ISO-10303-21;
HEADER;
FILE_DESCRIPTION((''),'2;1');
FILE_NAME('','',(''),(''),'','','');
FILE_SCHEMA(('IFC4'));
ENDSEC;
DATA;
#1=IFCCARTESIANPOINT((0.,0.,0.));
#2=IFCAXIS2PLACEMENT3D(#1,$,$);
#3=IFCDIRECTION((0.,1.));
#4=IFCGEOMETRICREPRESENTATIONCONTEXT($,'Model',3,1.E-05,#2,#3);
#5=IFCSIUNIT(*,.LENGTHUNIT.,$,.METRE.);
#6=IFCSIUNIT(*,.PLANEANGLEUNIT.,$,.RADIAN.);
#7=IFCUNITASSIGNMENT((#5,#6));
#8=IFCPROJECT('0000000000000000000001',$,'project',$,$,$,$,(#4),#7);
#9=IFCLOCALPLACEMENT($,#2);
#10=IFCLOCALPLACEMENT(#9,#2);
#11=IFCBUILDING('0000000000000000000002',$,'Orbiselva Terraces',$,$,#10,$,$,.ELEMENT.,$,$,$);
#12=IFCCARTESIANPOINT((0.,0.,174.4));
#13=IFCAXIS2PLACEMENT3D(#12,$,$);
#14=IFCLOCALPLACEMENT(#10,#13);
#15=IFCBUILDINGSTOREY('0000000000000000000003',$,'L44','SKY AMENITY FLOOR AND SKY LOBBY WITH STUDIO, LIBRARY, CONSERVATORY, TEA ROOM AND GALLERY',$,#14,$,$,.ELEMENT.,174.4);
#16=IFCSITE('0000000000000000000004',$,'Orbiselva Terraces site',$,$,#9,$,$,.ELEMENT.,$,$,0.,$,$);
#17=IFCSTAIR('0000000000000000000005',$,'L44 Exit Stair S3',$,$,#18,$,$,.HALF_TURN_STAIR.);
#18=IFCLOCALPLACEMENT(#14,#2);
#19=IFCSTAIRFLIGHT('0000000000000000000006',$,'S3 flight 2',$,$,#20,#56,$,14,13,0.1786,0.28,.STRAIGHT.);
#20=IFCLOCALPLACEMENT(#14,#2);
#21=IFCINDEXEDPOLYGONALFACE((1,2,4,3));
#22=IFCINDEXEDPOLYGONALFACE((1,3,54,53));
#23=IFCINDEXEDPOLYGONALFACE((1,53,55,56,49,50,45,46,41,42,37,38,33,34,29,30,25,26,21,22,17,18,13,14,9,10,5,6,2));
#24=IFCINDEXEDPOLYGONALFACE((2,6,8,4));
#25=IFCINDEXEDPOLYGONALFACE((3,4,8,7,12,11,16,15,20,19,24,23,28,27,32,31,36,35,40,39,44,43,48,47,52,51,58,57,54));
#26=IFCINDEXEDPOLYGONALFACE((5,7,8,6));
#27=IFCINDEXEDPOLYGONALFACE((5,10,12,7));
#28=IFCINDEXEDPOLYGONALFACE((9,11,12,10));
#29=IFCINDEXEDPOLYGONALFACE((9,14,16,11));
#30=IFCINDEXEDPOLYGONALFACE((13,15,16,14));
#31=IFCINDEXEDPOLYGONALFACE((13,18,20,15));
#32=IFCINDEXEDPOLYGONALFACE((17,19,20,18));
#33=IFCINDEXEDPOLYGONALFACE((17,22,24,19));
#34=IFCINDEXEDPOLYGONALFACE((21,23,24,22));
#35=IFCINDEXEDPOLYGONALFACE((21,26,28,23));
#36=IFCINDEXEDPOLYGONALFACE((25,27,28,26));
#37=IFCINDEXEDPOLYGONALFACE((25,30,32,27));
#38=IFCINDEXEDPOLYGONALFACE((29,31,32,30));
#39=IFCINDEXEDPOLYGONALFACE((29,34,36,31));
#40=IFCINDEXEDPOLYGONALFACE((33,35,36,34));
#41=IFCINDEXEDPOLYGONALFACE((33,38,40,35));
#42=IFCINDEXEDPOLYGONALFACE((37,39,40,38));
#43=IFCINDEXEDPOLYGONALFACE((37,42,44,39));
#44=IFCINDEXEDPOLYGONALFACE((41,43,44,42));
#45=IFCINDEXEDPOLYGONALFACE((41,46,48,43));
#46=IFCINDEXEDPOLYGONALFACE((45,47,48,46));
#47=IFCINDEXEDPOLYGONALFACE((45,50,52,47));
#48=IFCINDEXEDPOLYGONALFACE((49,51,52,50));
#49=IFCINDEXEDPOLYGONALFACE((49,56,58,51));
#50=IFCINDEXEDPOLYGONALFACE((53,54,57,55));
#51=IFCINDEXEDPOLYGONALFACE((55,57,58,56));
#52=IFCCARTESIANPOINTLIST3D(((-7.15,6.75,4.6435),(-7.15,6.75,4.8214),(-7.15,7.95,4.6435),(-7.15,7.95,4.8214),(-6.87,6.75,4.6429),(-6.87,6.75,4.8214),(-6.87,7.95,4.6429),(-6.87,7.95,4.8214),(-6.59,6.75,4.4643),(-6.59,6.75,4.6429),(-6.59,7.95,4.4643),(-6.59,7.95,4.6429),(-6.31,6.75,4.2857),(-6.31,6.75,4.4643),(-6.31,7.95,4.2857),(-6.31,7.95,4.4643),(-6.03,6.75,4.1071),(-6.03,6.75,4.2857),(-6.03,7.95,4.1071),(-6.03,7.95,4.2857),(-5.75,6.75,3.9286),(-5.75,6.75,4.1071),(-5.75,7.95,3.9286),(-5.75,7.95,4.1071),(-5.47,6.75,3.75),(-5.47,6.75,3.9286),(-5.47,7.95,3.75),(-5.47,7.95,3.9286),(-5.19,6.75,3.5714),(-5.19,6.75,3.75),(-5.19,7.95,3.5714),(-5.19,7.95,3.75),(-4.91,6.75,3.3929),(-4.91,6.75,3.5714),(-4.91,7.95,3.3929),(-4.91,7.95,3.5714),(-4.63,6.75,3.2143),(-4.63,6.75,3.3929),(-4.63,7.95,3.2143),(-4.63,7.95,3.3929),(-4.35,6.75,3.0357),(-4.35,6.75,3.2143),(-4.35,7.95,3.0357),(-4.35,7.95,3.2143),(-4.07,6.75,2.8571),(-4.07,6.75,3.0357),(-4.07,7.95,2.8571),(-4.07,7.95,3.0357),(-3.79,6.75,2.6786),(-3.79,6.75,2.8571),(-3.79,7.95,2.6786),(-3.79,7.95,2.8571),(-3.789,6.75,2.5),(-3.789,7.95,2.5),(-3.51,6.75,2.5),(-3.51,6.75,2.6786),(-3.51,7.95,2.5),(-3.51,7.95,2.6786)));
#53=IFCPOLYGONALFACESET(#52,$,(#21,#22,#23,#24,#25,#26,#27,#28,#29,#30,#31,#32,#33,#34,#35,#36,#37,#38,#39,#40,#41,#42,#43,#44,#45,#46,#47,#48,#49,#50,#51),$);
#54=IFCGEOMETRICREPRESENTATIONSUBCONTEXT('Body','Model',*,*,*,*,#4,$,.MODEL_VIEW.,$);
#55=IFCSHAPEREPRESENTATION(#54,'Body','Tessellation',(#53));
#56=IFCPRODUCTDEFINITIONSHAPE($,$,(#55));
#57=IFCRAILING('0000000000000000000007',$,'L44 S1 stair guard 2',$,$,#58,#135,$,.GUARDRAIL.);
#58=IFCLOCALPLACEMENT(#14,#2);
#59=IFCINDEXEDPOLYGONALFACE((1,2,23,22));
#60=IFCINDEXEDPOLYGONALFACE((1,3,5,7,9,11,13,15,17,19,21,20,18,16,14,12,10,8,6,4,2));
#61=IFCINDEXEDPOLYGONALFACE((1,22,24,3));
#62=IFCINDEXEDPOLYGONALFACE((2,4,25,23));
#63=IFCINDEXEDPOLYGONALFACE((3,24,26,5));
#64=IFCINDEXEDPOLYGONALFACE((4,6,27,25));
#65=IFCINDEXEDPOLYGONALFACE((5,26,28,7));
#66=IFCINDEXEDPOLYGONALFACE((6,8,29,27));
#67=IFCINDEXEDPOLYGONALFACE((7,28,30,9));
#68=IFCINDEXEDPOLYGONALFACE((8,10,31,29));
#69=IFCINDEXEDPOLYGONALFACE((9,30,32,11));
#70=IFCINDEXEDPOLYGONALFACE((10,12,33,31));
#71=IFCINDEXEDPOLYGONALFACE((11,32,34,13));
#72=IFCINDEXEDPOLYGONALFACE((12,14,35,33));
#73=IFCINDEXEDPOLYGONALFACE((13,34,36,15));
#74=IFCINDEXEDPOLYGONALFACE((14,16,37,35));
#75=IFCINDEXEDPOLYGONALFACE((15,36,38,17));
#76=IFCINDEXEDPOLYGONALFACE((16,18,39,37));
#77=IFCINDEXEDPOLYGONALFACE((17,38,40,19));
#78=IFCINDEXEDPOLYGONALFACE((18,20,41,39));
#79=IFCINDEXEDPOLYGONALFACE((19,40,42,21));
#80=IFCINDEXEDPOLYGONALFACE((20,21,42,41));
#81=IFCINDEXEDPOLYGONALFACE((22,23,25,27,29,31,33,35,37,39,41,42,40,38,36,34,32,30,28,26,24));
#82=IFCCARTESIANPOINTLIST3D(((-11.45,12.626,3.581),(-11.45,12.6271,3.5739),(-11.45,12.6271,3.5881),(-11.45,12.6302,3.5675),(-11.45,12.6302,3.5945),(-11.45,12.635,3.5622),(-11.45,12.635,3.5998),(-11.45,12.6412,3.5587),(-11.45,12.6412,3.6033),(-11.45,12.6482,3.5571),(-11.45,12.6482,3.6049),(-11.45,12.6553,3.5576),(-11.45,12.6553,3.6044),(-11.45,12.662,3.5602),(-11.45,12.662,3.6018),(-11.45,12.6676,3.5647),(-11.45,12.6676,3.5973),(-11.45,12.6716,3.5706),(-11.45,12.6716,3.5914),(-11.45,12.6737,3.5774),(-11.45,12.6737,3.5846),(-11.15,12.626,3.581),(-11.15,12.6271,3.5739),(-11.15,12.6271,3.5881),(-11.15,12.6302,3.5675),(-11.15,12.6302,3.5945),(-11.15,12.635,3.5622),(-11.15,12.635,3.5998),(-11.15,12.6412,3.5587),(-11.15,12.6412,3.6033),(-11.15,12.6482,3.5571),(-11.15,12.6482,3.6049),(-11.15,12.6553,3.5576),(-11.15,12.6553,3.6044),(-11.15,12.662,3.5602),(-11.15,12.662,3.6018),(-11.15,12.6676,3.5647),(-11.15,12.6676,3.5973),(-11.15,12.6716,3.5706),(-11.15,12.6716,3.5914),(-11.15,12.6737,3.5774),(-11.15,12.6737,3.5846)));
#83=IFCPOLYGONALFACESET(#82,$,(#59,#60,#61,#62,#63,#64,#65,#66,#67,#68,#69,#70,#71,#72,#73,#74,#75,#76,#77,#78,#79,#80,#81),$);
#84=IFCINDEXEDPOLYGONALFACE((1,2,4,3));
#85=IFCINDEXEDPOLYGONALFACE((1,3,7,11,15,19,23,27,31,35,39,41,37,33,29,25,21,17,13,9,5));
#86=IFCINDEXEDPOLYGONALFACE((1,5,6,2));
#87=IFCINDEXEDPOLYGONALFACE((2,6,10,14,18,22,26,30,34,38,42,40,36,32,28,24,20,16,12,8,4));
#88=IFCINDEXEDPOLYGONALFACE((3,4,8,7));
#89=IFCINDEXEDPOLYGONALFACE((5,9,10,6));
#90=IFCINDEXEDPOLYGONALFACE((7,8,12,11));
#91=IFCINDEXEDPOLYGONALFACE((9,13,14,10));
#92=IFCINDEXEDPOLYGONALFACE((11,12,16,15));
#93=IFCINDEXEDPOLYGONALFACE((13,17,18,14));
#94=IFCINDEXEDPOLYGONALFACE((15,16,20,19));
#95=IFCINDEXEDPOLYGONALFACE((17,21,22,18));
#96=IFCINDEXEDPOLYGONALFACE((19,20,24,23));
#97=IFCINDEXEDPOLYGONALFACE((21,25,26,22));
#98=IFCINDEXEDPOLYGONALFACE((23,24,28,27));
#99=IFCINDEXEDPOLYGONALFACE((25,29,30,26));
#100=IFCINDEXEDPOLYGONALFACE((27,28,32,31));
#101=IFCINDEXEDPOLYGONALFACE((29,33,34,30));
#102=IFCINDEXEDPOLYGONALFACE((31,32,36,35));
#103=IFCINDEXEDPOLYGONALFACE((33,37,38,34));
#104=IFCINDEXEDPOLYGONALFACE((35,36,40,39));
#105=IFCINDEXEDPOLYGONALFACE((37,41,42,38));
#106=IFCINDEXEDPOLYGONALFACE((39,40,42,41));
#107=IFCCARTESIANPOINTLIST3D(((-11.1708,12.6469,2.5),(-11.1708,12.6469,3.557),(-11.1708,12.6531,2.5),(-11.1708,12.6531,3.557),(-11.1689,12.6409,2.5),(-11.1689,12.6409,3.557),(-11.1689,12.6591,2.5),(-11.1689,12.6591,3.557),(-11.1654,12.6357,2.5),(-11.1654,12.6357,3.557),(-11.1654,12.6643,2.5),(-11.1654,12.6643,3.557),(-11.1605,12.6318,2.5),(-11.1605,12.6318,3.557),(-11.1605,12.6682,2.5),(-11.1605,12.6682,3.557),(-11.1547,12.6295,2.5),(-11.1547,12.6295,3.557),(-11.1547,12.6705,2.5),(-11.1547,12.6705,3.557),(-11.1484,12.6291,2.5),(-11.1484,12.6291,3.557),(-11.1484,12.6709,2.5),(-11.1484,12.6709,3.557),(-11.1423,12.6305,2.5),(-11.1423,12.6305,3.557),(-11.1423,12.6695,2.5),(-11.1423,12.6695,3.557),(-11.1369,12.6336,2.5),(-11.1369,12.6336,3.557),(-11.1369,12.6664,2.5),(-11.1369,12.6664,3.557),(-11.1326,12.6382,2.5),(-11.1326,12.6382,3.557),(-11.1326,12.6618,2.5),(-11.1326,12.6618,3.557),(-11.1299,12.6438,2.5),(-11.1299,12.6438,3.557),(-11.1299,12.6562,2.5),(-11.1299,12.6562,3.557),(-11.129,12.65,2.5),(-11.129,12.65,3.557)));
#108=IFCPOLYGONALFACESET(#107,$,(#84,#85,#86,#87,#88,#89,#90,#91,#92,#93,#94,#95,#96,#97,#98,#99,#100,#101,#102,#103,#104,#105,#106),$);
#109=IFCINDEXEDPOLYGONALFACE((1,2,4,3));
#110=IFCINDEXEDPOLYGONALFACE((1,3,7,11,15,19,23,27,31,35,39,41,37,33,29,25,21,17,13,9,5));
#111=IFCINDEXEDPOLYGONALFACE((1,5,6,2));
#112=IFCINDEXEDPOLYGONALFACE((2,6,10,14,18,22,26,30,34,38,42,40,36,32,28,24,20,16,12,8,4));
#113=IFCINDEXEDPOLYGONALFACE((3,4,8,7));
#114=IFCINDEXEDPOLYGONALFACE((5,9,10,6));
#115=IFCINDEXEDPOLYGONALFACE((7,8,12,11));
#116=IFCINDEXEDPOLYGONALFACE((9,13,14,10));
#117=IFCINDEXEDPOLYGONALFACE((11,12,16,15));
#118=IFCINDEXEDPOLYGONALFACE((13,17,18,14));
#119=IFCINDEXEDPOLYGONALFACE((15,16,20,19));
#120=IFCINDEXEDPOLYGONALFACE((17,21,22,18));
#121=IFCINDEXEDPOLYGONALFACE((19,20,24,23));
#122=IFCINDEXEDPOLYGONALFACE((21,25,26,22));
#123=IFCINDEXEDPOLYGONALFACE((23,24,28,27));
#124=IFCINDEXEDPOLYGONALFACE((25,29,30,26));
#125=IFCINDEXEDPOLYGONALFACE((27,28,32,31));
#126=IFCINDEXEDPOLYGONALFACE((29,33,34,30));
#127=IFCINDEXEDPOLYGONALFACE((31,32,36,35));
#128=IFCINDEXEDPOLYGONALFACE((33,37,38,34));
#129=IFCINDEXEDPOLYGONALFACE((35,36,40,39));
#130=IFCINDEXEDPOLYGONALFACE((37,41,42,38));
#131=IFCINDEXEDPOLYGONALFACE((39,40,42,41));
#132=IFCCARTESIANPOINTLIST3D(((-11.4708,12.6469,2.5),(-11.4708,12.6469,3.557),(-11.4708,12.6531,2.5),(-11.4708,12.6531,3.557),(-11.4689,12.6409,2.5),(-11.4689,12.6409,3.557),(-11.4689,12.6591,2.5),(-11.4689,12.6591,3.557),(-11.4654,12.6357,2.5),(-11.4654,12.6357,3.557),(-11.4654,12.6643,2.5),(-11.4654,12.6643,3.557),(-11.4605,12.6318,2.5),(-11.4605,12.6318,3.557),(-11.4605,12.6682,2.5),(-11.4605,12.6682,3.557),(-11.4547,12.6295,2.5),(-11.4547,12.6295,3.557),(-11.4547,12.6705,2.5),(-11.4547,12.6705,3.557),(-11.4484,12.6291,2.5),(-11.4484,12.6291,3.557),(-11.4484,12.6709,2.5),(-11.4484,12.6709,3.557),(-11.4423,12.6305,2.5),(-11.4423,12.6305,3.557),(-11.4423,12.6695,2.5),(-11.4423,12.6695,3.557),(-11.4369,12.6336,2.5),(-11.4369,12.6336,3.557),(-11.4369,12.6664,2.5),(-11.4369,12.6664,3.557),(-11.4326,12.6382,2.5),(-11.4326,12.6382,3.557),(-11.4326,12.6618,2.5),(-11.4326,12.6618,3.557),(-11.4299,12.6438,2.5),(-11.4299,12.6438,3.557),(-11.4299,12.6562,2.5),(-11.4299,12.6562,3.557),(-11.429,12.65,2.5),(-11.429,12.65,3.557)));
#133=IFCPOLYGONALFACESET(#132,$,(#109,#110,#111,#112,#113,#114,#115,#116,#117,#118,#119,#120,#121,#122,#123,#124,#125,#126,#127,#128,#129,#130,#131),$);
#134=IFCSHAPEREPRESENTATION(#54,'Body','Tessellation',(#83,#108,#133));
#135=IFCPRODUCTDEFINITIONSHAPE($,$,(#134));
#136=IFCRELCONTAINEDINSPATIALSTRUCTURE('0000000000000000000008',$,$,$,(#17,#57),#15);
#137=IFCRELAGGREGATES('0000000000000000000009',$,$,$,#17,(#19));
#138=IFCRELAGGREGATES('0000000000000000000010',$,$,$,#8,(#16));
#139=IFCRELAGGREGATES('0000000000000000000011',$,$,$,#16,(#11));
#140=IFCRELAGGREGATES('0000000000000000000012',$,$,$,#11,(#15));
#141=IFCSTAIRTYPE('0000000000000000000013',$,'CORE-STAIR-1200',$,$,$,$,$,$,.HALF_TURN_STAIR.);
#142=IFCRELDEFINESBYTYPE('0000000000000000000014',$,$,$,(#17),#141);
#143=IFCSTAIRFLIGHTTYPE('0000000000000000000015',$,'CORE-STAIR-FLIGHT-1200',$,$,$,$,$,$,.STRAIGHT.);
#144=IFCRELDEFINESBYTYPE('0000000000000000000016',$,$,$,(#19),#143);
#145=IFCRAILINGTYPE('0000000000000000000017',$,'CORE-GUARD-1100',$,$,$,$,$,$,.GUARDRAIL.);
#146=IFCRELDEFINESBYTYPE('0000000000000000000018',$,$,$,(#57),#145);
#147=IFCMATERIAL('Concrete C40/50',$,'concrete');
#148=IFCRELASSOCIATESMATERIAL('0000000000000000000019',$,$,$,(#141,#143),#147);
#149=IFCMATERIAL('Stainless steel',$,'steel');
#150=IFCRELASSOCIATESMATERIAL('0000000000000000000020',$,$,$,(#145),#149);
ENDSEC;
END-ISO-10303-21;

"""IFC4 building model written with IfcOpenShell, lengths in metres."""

from ifc_helpers import new_model, si_unit, direction, frame, origin, origin_2d, place, context, subcontext, project, spatial, polyline, circle, outline, extrude, material, type_object, element, aggregate, save


model = new_model("IFC4")

# Units and contexts
model_context = context("Model", 3, precision=1e-05, world=origin(), true_north=direction((0.0, 1.0)))
body_context = subcontext(model_context, "Body", "Model", "MODEL_VIEW")
ifc_project = project(units=[si_unit("LENGTHUNIT", "METRE"), si_unit("PLANEANGLEUNIT", "RADIAN")], contexts=[model_context])

# Site, building, storey
site_placement = place(None, origin())
site = spatial("IfcSite", under=ifc_project, at=site_placement, Name="Orbiselva Terraces site", CompositionType="ELEMENT", RefElevation=0.0)
building_placement = place(site_placement, origin())
building = spatial("IfcBuilding", under=site, at=building_placement, Name="Orbiselva Terraces", CompositionType="ELEMENT")
storey_placement = place(building_placement, frame((0.0, 0.0, 174.4)))
storey = spatial("IfcBuildingStorey", under=building, at=storey_placement, Name="L44", Description="SKY AMENITY FLOOR AND SKY LOBBY WITH STUDIO, LIBRARY, CONSERVATORY, TEA ROOM AND GALLERY", CompositionType="ELEMENT", Elevation=174.4)

# Stair, stair flight
ifc_material_1 = material(Name="Concrete C40/50", Category="concrete")
stair_type = type_object("IfcStairType", Name="CORE-STAIR-1200", PredefinedType="HALF_TURN_STAIR", material=ifc_material_1)
stair_placement = place(storey_placement, origin())
stair = element("IfcStair", 1, at=stair_placement, inside=storey, type_object=stair_type, Name="L44 Exit Stair S3", PredefinedType="HALF_TURN_STAIR")
stair_flight_type = type_object("IfcStairFlightType", Name="CORE-STAIR-FLIGHT-1200", PredefinedType="STRAIGHT", material=ifc_material_1)
stair_flight_1_placement = place(storey_placement, frame((-3.51, 7.35, 2.5), z_axis=(0.0, 0.0, 1.0), x_axis=(-1.0, 0.0, 0.0)))
stair_flight_1 = element("IfcStairFlight", 2, at=stair_flight_1_placement, type_object=stair_flight_type, Name="S3 flight 2", NumberOfRisers=14, NumberOfTreads=13, PredefinedType="STRAIGHT", RiserHeight=0.1786, TreadLength=0.28, context=body_context, shape_type="SweptSolid", body=[
    extrude(outline(polyline([(0.0, 0.0), (0.0, 0.1786), (0.28, 0.1786), (0.28, 0.3571), (0.56, 0.3571), (0.56, 0.5357), (0.84, 0.5357), (0.84, 0.7143), (1.12, 0.7143), (1.12, 0.8929), (1.4, 0.8929), (1.4, 1.0714), (1.68, 1.0714), (1.68, 1.25), (1.96, 1.25), (1.96, 1.4286), (2.24, 1.4286), (2.24, 1.6071), (2.52, 1.6071), (2.52, 1.7857), (2.8, 1.7857), (2.8, 1.9643), (3.08, 1.9643), (3.08, 2.1429), (3.36, 2.1429), (3.36, 2.3214), (3.64, 2.3214), (3.64, 2.5), (3.64, 2.1435), (0.279, 0.0), (0.0, 0.0)])), frame((0.0, 0.6, 0.0), z_axis=(0.0, -1.0, 0.0), x_axis=(1.0, 0.0, 0.0)), (0.0, 0.0, 1.0), 1.2),
])
aggregate(stair, [stair_flight_1])

# Railing
ifc_material_2 = material(Name="Stainless steel", Category="steel")
railing_type_1 = type_object("IfcRailingType", Name="CORE-GUARD-1100", PredefinedType="GUARDRAIL", material=ifc_material_2)
railing_1_placement = place(storey_placement, frame((-11.15, 12.65, 2.5)))
element("IfcRailing", 3, at=railing_1_placement, inside=storey, type_object=railing_type_1, Name="L44 S1 stair guard 2", PredefinedType="GUARDRAIL", context=body_context, shape_type="SweptSolid", body=[
    extrude(circle(Radius=0.024, at=origin_2d()), frame((0.0, 0.0, 1.081), z_axis=(-1.0, 0.0, 0.0), x_axis=(0.0, -1.0, 0.0)), (0.0, 0.0, 1.0), 0.3),
    extrude(circle(Radius=0.021, at=origin_2d()), origin(), (0.0, 0.0, 1.0), 1.057),
    extrude(circle(Radius=0.021, at=origin_2d()), frame((-0.3, 0.0, 0.0)), (0.0, 0.0, 1.0), 1.057),
])

save(model, "model.ifc")
